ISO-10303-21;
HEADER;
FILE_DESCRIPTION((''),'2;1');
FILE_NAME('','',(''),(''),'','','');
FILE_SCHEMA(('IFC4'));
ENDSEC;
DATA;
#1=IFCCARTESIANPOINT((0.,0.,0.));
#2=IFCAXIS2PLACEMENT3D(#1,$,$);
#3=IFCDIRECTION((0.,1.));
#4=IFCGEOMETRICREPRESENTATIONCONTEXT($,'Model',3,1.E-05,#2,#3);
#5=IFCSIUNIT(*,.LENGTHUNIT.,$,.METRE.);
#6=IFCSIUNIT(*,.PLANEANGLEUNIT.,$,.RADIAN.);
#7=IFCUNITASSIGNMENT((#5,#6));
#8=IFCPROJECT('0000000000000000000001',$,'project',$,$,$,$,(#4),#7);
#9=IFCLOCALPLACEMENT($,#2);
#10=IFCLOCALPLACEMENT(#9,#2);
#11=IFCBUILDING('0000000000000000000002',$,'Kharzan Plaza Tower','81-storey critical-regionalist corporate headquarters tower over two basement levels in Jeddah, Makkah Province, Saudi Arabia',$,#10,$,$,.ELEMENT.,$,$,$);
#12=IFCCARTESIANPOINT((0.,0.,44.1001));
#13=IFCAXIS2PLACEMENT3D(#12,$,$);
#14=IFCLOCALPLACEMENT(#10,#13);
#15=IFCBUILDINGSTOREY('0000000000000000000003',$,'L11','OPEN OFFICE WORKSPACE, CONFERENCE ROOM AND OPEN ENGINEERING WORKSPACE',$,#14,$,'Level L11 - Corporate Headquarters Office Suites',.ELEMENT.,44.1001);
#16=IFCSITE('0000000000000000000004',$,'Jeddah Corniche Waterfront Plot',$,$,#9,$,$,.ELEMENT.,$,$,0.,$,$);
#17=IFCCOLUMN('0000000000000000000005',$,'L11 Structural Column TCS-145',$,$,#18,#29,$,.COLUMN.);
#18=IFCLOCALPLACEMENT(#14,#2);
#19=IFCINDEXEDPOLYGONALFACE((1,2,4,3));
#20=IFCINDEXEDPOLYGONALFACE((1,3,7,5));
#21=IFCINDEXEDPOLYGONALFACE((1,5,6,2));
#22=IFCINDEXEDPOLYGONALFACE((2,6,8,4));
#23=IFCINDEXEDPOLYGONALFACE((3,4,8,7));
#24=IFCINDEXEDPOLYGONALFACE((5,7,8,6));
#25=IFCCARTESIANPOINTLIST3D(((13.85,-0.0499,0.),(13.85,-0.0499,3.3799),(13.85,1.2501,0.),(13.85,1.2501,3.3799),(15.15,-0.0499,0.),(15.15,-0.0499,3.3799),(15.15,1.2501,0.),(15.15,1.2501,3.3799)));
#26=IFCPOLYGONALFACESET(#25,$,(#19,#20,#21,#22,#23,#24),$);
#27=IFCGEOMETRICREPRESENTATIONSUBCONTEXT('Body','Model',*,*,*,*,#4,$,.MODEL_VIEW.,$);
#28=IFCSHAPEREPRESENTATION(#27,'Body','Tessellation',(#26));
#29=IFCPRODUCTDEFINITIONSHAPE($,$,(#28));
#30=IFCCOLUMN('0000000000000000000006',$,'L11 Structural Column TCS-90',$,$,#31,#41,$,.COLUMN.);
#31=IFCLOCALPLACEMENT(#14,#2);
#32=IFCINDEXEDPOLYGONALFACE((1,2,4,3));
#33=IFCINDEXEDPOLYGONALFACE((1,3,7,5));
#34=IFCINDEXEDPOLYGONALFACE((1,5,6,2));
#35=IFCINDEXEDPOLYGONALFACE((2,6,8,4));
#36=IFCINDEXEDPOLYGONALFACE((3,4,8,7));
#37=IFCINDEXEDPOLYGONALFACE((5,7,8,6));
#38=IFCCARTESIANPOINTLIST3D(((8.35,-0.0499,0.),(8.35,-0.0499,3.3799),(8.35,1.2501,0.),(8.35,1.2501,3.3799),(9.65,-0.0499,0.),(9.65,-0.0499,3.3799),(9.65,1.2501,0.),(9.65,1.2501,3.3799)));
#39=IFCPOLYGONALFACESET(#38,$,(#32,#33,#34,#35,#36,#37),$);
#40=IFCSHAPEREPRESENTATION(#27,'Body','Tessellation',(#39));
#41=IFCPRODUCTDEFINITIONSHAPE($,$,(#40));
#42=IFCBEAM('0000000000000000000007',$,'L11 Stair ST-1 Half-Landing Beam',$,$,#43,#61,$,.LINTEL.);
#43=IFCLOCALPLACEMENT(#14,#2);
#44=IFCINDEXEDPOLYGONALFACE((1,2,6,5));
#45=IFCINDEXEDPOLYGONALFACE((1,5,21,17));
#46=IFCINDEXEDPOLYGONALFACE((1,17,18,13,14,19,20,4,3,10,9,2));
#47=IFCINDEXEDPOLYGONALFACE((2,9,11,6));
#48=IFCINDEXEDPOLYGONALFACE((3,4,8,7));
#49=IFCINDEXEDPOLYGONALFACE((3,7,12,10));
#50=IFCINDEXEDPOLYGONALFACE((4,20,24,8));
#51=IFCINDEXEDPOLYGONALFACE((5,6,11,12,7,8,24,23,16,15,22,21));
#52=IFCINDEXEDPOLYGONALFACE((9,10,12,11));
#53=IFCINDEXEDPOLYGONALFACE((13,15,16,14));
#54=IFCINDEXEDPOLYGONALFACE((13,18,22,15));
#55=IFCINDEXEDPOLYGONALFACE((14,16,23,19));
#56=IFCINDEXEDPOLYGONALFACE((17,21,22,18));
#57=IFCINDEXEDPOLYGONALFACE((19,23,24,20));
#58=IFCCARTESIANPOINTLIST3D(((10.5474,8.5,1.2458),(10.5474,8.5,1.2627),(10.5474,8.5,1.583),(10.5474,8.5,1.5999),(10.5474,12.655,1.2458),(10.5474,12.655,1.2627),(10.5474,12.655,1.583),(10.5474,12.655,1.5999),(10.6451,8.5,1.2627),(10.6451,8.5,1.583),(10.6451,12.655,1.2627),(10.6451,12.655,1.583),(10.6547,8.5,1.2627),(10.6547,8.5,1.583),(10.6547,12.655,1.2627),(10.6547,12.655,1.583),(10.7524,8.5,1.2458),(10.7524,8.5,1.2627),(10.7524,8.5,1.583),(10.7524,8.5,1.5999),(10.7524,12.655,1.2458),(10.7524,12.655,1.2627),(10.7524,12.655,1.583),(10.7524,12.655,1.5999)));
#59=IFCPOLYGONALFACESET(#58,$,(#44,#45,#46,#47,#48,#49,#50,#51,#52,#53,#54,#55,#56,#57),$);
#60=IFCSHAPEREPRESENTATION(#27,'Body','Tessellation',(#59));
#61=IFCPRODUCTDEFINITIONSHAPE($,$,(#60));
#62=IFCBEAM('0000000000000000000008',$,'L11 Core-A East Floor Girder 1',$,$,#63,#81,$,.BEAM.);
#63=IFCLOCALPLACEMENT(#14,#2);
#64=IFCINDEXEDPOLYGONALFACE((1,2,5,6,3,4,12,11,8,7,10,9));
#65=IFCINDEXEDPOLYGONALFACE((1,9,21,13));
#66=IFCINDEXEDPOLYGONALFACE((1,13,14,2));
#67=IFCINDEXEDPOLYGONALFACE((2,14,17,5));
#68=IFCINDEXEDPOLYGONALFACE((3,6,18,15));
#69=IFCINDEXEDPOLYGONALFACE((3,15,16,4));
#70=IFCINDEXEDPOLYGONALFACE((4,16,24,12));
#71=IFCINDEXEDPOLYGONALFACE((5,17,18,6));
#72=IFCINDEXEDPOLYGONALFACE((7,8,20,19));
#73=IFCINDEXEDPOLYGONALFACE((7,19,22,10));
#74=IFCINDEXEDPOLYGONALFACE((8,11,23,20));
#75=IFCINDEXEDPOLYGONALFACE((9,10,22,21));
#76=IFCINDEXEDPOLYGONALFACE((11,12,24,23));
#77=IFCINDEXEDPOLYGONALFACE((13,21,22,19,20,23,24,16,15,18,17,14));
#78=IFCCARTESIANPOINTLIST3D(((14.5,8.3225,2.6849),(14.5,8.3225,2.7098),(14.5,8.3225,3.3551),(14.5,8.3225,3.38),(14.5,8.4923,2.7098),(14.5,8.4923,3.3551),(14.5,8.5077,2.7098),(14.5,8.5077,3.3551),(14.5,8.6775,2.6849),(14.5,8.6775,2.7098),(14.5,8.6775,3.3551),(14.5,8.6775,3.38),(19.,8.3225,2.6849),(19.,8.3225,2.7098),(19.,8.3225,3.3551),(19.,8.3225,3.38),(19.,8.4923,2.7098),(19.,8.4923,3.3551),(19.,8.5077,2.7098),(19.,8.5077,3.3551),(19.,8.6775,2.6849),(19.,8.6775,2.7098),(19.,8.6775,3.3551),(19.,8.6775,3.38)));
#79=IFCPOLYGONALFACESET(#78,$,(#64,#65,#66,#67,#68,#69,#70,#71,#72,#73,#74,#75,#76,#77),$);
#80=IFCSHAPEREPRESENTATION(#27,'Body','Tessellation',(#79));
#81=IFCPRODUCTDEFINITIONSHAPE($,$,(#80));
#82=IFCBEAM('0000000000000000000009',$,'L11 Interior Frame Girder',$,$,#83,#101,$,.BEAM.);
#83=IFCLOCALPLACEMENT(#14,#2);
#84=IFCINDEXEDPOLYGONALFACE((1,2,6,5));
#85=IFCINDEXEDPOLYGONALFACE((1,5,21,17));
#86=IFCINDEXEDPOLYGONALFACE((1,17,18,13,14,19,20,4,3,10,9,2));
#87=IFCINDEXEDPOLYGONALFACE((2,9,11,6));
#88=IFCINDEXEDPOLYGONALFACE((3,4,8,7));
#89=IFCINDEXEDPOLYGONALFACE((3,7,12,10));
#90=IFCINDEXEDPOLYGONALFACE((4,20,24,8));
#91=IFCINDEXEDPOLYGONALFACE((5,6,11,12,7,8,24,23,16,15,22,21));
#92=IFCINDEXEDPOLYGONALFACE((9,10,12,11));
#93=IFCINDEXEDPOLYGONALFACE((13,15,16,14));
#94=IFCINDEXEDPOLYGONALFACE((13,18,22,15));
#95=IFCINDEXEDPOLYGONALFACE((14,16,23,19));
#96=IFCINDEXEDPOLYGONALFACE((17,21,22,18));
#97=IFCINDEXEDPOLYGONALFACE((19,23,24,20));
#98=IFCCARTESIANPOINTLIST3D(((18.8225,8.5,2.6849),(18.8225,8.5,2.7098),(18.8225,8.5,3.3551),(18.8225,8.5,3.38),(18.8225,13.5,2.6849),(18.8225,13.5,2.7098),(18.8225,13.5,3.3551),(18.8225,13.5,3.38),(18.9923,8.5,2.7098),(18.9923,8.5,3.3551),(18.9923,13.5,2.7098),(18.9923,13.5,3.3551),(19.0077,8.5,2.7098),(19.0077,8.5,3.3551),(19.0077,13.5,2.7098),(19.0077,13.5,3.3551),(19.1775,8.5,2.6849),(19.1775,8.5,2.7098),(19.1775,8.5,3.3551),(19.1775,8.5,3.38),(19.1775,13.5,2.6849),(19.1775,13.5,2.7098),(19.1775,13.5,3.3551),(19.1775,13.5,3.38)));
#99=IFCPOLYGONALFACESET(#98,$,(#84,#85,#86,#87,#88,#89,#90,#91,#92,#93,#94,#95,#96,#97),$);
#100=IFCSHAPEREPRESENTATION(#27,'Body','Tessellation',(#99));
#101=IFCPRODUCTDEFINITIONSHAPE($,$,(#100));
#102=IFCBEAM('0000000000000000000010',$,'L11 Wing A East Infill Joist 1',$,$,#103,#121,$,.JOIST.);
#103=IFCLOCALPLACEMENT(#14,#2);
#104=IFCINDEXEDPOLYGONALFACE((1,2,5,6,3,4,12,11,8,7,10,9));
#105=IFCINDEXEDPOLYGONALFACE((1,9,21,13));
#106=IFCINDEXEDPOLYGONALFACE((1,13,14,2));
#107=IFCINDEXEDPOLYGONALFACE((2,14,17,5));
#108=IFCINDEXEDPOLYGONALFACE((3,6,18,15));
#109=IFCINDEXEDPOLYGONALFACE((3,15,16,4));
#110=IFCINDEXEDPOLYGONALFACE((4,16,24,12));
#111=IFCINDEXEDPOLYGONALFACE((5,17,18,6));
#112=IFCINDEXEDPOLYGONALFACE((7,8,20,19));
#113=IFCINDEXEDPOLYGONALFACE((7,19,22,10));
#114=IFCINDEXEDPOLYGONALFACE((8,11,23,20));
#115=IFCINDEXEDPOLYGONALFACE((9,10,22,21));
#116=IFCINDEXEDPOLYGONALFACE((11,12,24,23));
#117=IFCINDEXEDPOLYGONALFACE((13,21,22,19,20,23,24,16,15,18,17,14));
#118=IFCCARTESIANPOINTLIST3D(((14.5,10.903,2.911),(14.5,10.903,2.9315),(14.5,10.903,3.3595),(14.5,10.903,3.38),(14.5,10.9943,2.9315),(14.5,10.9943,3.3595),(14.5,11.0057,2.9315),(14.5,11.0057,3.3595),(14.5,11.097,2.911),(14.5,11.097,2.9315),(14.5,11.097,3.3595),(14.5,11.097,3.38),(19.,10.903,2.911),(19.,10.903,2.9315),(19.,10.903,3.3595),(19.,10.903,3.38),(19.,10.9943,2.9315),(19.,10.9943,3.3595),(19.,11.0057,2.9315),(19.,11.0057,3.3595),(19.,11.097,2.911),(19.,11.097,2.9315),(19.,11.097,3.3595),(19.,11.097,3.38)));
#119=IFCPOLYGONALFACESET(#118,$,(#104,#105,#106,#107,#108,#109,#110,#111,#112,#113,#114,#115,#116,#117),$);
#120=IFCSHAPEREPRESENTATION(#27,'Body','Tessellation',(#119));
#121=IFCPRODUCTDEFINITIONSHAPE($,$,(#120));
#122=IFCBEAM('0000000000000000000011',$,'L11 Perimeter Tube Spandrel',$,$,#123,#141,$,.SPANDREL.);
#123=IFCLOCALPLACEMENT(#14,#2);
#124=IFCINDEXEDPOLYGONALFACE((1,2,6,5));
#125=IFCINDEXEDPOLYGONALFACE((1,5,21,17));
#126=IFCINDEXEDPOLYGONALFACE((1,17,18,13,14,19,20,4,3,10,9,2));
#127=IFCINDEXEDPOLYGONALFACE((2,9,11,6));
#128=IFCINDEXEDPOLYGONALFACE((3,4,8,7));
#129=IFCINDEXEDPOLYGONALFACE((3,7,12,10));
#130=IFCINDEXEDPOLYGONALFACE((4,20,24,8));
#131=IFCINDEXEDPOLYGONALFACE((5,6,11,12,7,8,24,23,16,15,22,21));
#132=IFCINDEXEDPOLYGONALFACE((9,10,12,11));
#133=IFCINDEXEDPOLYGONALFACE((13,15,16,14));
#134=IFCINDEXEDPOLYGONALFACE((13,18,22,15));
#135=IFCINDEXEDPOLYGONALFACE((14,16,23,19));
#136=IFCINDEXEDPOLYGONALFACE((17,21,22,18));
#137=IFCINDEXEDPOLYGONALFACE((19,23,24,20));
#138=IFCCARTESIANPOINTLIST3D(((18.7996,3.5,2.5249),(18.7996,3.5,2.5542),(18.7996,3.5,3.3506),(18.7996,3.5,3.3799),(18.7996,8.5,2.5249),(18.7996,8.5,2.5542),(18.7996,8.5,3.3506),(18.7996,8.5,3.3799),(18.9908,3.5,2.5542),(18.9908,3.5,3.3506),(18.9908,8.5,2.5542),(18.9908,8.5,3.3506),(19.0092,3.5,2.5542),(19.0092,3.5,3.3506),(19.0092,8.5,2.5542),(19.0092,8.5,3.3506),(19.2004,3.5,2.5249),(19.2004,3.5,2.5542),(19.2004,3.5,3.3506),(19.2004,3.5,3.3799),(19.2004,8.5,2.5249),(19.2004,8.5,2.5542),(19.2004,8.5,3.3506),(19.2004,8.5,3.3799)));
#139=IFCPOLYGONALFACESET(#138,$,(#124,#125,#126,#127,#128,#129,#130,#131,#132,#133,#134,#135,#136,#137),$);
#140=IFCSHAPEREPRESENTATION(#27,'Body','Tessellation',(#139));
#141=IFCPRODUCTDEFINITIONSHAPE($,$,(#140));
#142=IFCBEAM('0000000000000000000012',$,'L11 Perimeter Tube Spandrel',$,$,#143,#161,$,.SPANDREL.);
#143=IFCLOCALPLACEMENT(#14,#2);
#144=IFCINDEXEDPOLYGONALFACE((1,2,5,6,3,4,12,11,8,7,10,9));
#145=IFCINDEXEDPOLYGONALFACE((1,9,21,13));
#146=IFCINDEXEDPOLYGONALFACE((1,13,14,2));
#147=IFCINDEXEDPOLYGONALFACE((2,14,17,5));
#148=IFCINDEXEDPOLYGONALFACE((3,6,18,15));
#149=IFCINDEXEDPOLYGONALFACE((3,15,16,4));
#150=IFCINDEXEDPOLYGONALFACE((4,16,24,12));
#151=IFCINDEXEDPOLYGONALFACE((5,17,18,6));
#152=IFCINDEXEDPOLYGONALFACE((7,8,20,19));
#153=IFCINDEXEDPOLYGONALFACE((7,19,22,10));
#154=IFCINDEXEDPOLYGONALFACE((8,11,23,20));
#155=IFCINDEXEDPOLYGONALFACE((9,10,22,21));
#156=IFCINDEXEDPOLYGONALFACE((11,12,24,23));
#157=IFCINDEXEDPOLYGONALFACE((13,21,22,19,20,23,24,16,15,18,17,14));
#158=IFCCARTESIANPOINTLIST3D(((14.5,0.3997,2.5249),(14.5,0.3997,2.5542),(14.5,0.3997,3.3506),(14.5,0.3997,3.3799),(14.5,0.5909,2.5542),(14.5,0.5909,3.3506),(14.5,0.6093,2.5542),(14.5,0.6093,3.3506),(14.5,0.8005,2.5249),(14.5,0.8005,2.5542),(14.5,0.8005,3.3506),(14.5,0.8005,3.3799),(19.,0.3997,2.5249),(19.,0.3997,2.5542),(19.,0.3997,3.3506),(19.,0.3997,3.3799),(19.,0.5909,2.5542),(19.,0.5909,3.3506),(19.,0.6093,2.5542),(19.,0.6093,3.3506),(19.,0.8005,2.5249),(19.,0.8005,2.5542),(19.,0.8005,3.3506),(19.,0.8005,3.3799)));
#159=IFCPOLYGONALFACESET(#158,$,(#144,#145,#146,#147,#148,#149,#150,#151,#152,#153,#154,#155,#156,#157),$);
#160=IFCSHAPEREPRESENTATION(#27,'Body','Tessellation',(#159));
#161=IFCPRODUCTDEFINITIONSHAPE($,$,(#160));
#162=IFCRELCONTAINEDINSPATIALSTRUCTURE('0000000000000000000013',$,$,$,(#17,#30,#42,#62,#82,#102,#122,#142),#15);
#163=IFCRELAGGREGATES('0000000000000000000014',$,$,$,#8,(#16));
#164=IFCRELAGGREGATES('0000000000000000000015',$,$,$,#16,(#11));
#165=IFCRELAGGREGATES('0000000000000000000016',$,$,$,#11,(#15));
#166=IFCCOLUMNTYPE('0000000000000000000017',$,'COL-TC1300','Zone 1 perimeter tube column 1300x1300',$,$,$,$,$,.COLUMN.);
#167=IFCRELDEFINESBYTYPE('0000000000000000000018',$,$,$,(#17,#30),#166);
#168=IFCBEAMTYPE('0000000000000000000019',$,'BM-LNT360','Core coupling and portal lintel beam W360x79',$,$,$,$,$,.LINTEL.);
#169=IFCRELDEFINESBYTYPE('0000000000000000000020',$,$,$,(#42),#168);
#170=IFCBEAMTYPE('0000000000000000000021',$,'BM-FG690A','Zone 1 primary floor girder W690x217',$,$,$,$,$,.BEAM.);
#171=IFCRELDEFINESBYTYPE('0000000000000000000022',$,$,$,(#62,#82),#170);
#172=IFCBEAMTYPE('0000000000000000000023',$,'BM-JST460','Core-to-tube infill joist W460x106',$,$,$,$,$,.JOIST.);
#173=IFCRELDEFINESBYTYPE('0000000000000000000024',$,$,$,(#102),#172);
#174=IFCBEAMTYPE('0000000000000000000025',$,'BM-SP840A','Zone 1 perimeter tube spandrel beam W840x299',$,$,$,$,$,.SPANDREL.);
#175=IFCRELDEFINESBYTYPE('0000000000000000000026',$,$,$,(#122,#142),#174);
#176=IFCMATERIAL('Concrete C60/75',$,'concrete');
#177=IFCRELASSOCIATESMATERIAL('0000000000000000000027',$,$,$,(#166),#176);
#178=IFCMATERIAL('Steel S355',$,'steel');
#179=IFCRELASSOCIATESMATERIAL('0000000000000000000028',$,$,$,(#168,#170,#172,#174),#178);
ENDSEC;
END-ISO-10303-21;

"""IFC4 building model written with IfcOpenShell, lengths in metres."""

from ifc_helpers import new_model, si_unit, direction, frame, origin, origin_2d, place, context, subcontext, project, spatial, rectangle, i_section, extrude, source, transform, mapped, material, material_profile, profile_set, type_object, element, save


model = new_model("IFC4")

# Units and contexts
model_context = context("Model", 3, precision=1e-05, world=origin(), true_north=direction((0.0, 1.0)))
body_context = subcontext(model_context, "Body", "Model", "MODEL_VIEW")
ifc_project = project(units=[si_unit("LENGTHUNIT", "METRE"), si_unit("PLANEANGLEUNIT", "RADIAN")], contexts=[model_context])

# Site, building, storey
site_placement = place(None, origin())
site = spatial("IfcSite", under=ifc_project, at=site_placement, Name="Jeddah Corniche Waterfront Plot", CompositionType="ELEMENT", RefElevation=0.0)
building_placement = place(site_placement, origin())
building = spatial("IfcBuilding", under=site, at=building_placement, Name="Kharzan Plaza Tower", Description="81-storey critical-regionalist corporate headquarters tower over two basement levels in Jeddah, Makkah Province, Saudi Arabia", CompositionType="ELEMENT")
storey_placement = place(building_placement, frame((0.0, 0.0, 44.1001)))
storey = spatial("IfcBuildingStorey", under=building, at=storey_placement, Name="L11", Description="OPEN OFFICE WORKSPACE, CONFERENCE ROOM AND OPEN ENGINEERING WORKSPACE", LongName="Level L11 - Corporate Headquarters Office Suites", CompositionType="ELEMENT", Elevation=44.1001)

# Columns
ifc_material_1 = material(Name="Concrete C60/75", Category="concrete")
ifc_material_profile_1 = material_profile(ifc_material_1, rectangle(XDim=1.3, YDim=1.3, at=origin_2d()), Name="RC-TC1300x1300")
ifc_profile_set_1 = profile_set([ifc_material_profile_1], Name="Concrete C60/75")
column_type = type_object("IfcColumnType", Name="COL-TC1300", Description="Zone 1 perimeter tube column 1300x1300", PredefinedType="COLUMN", material=ifc_profile_set_1)
shared_shape_1 = source(origin(), body_context, "Body", "SweptSolid", [
    extrude(rectangle(XDim=1.3, YDim=1.3, at=origin_2d()), origin(), (0.0, 0.0, 1.0), 3.3799),
])
for number, where, z_axis, x_axis, name in (
    (1, (14.5, 0.6001, 0.0), (0.0, 0.0, 1.0), (1.0, 0.0, 0.0), "L11 Structural Column TCS-145"),
    (2, (9.0, 0.6001, 0.0), (0.0, 0.0, 1.0), (1.0, 0.0, 0.0), "L11 Structural Column TCS-90"),
):
    element("IfcColumn", number, at=place(storey_placement, frame(where, z_axis=z_axis, x_axis=x_axis)), inside=storey, type_object=column_type, Name=name, PredefinedType="COLUMN", context=body_context, shape_type="MappedRepresentation", body=[
        mapped(shared_shape_1, transform((0.0, 0.0, 0.0), x_axis=(1.0, 0.0, 0.0), y_axis=(0.0, 1.0, 0.0), z_axis=(0.0, 0.0, 1.0))),
    ])

# Beams
ifc_material_2 = material(Name="Steel S355", Category="steel")
ifc_material_profile_2 = material_profile(ifc_material_2, i_section(OverallWidth=0.2051, OverallDepth=0.354, WebThickness=0.0095, FlangeThickness=0.0168, at=origin_2d()), Name="W360x79")
ifc_profile_set_2 = profile_set([ifc_material_profile_2], Name="Steel S355")
beam_type_1 = type_object("IfcBeamType", Name="BM-LNT360", Description="Core coupling and portal lintel beam W360x79", PredefinedType="LINTEL", material=ifc_profile_set_2)
shared_shape_2 = source(origin(), body_context, "Body", "SweptSolid", [
    extrude(i_section(OverallWidth=0.2051, OverallDepth=0.354, WebThickness=0.0095, FlangeThickness=0.0168, at=origin_2d()), origin(), (0.0, 0.0, 1.0), 4.155),
])
beam_1_placement = place(storey_placement, frame((10.6499, 8.5, 1.4229), z_axis=(0.0, 1.0, 0.0), x_axis=(-1.0, 0.0, 0.0)))
element("IfcBeam", 3, at=beam_1_placement, inside=storey, type_object=beam_type_1, Name="L11 Stair ST-1 Half-Landing Beam", PredefinedType="LINTEL", context=body_context, shape_type="MappedRepresentation", body=[
    mapped(shared_shape_2, transform((0.0, 0.0, 0.0), x_axis=(1.0, 0.0, 0.0), y_axis=(0.0, 1.0, 0.0), z_axis=(0.0, 0.0, 1.0))),
])
ifc_material_profile_3 = material_profile(ifc_material_2, i_section(OverallWidth=0.355, OverallDepth=0.6951, WebThickness=0.0154, FlangeThickness=0.0249, at=origin_2d()), Name="W690x217")
ifc_profile_set_3 = profile_set([ifc_material_profile_3], Name="Steel S355")
beam_type_2 = type_object("IfcBeamType", Name="BM-FG690A", Description="Zone 1 primary floor girder W690x217", PredefinedType="BEAM", material=ifc_profile_set_3)
shared_shape_3 = source(origin(), body_context, "Body", "SweptSolid", [
    extrude(i_section(OverallWidth=0.355, OverallDepth=0.6951, WebThickness=0.0154, FlangeThickness=0.0249, at=origin_2d()), origin(), (0.0, 0.0, 1.0), 4.5),
])
beam_2_placement = place(storey_placement, frame((14.5, 8.5, 3.0325), z_axis=(1.0, 0.0, 0.0), x_axis=(0.0, 1.0, 0.0)))
element("IfcBeam", 4, at=beam_2_placement, inside=storey, type_object=beam_type_2, Name="L11 Core-A East Floor Girder 1", PredefinedType="BEAM", context=body_context, shape_type="MappedRepresentation", body=[
    mapped(shared_shape_3, transform((0.0, 0.0, 0.0), x_axis=(1.0, 0.0, 0.0), y_axis=(0.0, 1.0, 0.0), z_axis=(0.0, 0.0, 1.0))),
])
shared_shape_4 = source(origin(), body_context, "Body", "SweptSolid", [
    extrude(i_section(OverallWidth=0.355, OverallDepth=0.6951, WebThickness=0.0154, FlangeThickness=0.0249, at=origin_2d()), origin(), (0.0, 0.0, 1.0), 5.0),
])
beam_3_placement = place(storey_placement, frame((19.0, 8.5, 3.0325), z_axis=(0.0, 1.0, 0.0), x_axis=(-1.0, 0.0, 0.0)))
element("IfcBeam", 5, at=beam_3_placement, inside=storey, type_object=beam_type_2, Name="L11 Interior Frame Girder", PredefinedType="BEAM", context=body_context, shape_type="MappedRepresentation", body=[
    mapped(shared_shape_4, transform((0.0, 0.0, 0.0), x_axis=(1.0, 0.0, 0.0), y_axis=(0.0, 1.0, 0.0), z_axis=(0.0, 0.0, 1.0))),
])
ifc_material_profile_4 = material_profile(ifc_material_2, i_section(OverallWidth=0.1941, OverallDepth=0.469, WebThickness=0.0115, FlangeThickness=0.0205, at=origin_2d()), Name="W460x106")
ifc_profile_set_4 = profile_set([ifc_material_profile_4], Name="Steel S355")
beam_type_3 = type_object("IfcBeamType", Name="BM-JST460", Description="Core-to-tube infill joist W460x106", PredefinedType="JOIST", material=ifc_profile_set_4)
shared_shape_5 = source(origin(), body_context, "Body", "SweptSolid", [
    extrude(i_section(OverallWidth=0.1941, OverallDepth=0.469, WebThickness=0.0115, FlangeThickness=0.0205, at=origin_2d()), origin(), (0.0, 0.0, 1.0), 4.5),
])
beam_4_placement = place(storey_placement, frame((14.5, 11.0, 3.1455), z_axis=(1.0, 0.0, 0.0), x_axis=(0.0, 1.0, 0.0)))
element("IfcBeam", 6, at=beam_4_placement, inside=storey, type_object=beam_type_3, Name="L11 Wing A East Infill Joist 1", PredefinedType="JOIST", context=body_context, shape_type="MappedRepresentation", body=[
    mapped(shared_shape_5, transform((0.0, 0.0, 0.0), x_axis=(1.0, 0.0, 0.0), y_axis=(0.0, 1.0, 0.0), z_axis=(0.0, 0.0, 1.0))),
])
ifc_material_profile_5 = material_profile(ifc_material_2, i_section(OverallWidth=0.4009, OverallDepth=0.855, WebThickness=0.0183, FlangeThickness=0.0293, at=origin_2d()), Name="W840x299")
ifc_profile_set_5 = profile_set([ifc_material_profile_5], Name="Steel S355")
beam_type_4 = type_object("IfcBeamType", Name="BM-SP840A", Description="Zone 1 perimeter tube spandrel beam W840x299", PredefinedType="SPANDREL", material=ifc_profile_set_5)
shared_shape_6 = source(origin(), body_context, "Body", "SweptSolid", [
    extrude(i_section(OverallWidth=0.4009, OverallDepth=0.855, WebThickness=0.0183, FlangeThickness=0.0293, at=origin_2d()), origin(), (0.0, 0.0, 1.0), 5.0),
])
beam_5_placement = place(storey_placement, frame((19.0, 3.5, 2.9524), z_axis=(0.0, 1.0, 0.0), x_axis=(-1.0, 0.0, 0.0)))
element("IfcBeam", 7, at=beam_5_placement, inside=storey, type_object=beam_type_4, Name="L11 Perimeter Tube Spandrel", PredefinedType="SPANDREL", context=body_context, shape_type="MappedRepresentation", body=[
    mapped(shared_shape_6, transform((0.0, 0.0, 0.0), x_axis=(1.0, 0.0, 0.0), y_axis=(0.0, 1.0, 0.0), z_axis=(0.0, 0.0, 1.0))),
])
shared_shape_7 = source(origin(), body_context, "Body", "SweptSolid", [
    extrude(i_section(OverallWidth=0.4009, OverallDepth=0.855, WebThickness=0.0183, FlangeThickness=0.0293, at=origin_2d()), origin(), (0.0, 0.0, 1.0), 4.5),
])
beam_6_placement = place(storey_placement, frame((14.5, 0.6001, 2.9524), z_axis=(1.0, 0.0, 0.0), x_axis=(0.0, 1.0, 0.0)))
element("IfcBeam", 8, at=beam_6_placement, inside=storey, type_object=beam_type_4, Name="L11 Perimeter Tube Spandrel", PredefinedType="SPANDREL", context=body_context, shape_type="MappedRepresentation", body=[
    mapped(shared_shape_7, transform((0.0, 0.0, 0.0), x_axis=(1.0, 0.0, 0.0), y_axis=(0.0, 1.0, 0.0), z_axis=(0.0, 0.0, 1.0))),
])

save(model, "model.ifc")
